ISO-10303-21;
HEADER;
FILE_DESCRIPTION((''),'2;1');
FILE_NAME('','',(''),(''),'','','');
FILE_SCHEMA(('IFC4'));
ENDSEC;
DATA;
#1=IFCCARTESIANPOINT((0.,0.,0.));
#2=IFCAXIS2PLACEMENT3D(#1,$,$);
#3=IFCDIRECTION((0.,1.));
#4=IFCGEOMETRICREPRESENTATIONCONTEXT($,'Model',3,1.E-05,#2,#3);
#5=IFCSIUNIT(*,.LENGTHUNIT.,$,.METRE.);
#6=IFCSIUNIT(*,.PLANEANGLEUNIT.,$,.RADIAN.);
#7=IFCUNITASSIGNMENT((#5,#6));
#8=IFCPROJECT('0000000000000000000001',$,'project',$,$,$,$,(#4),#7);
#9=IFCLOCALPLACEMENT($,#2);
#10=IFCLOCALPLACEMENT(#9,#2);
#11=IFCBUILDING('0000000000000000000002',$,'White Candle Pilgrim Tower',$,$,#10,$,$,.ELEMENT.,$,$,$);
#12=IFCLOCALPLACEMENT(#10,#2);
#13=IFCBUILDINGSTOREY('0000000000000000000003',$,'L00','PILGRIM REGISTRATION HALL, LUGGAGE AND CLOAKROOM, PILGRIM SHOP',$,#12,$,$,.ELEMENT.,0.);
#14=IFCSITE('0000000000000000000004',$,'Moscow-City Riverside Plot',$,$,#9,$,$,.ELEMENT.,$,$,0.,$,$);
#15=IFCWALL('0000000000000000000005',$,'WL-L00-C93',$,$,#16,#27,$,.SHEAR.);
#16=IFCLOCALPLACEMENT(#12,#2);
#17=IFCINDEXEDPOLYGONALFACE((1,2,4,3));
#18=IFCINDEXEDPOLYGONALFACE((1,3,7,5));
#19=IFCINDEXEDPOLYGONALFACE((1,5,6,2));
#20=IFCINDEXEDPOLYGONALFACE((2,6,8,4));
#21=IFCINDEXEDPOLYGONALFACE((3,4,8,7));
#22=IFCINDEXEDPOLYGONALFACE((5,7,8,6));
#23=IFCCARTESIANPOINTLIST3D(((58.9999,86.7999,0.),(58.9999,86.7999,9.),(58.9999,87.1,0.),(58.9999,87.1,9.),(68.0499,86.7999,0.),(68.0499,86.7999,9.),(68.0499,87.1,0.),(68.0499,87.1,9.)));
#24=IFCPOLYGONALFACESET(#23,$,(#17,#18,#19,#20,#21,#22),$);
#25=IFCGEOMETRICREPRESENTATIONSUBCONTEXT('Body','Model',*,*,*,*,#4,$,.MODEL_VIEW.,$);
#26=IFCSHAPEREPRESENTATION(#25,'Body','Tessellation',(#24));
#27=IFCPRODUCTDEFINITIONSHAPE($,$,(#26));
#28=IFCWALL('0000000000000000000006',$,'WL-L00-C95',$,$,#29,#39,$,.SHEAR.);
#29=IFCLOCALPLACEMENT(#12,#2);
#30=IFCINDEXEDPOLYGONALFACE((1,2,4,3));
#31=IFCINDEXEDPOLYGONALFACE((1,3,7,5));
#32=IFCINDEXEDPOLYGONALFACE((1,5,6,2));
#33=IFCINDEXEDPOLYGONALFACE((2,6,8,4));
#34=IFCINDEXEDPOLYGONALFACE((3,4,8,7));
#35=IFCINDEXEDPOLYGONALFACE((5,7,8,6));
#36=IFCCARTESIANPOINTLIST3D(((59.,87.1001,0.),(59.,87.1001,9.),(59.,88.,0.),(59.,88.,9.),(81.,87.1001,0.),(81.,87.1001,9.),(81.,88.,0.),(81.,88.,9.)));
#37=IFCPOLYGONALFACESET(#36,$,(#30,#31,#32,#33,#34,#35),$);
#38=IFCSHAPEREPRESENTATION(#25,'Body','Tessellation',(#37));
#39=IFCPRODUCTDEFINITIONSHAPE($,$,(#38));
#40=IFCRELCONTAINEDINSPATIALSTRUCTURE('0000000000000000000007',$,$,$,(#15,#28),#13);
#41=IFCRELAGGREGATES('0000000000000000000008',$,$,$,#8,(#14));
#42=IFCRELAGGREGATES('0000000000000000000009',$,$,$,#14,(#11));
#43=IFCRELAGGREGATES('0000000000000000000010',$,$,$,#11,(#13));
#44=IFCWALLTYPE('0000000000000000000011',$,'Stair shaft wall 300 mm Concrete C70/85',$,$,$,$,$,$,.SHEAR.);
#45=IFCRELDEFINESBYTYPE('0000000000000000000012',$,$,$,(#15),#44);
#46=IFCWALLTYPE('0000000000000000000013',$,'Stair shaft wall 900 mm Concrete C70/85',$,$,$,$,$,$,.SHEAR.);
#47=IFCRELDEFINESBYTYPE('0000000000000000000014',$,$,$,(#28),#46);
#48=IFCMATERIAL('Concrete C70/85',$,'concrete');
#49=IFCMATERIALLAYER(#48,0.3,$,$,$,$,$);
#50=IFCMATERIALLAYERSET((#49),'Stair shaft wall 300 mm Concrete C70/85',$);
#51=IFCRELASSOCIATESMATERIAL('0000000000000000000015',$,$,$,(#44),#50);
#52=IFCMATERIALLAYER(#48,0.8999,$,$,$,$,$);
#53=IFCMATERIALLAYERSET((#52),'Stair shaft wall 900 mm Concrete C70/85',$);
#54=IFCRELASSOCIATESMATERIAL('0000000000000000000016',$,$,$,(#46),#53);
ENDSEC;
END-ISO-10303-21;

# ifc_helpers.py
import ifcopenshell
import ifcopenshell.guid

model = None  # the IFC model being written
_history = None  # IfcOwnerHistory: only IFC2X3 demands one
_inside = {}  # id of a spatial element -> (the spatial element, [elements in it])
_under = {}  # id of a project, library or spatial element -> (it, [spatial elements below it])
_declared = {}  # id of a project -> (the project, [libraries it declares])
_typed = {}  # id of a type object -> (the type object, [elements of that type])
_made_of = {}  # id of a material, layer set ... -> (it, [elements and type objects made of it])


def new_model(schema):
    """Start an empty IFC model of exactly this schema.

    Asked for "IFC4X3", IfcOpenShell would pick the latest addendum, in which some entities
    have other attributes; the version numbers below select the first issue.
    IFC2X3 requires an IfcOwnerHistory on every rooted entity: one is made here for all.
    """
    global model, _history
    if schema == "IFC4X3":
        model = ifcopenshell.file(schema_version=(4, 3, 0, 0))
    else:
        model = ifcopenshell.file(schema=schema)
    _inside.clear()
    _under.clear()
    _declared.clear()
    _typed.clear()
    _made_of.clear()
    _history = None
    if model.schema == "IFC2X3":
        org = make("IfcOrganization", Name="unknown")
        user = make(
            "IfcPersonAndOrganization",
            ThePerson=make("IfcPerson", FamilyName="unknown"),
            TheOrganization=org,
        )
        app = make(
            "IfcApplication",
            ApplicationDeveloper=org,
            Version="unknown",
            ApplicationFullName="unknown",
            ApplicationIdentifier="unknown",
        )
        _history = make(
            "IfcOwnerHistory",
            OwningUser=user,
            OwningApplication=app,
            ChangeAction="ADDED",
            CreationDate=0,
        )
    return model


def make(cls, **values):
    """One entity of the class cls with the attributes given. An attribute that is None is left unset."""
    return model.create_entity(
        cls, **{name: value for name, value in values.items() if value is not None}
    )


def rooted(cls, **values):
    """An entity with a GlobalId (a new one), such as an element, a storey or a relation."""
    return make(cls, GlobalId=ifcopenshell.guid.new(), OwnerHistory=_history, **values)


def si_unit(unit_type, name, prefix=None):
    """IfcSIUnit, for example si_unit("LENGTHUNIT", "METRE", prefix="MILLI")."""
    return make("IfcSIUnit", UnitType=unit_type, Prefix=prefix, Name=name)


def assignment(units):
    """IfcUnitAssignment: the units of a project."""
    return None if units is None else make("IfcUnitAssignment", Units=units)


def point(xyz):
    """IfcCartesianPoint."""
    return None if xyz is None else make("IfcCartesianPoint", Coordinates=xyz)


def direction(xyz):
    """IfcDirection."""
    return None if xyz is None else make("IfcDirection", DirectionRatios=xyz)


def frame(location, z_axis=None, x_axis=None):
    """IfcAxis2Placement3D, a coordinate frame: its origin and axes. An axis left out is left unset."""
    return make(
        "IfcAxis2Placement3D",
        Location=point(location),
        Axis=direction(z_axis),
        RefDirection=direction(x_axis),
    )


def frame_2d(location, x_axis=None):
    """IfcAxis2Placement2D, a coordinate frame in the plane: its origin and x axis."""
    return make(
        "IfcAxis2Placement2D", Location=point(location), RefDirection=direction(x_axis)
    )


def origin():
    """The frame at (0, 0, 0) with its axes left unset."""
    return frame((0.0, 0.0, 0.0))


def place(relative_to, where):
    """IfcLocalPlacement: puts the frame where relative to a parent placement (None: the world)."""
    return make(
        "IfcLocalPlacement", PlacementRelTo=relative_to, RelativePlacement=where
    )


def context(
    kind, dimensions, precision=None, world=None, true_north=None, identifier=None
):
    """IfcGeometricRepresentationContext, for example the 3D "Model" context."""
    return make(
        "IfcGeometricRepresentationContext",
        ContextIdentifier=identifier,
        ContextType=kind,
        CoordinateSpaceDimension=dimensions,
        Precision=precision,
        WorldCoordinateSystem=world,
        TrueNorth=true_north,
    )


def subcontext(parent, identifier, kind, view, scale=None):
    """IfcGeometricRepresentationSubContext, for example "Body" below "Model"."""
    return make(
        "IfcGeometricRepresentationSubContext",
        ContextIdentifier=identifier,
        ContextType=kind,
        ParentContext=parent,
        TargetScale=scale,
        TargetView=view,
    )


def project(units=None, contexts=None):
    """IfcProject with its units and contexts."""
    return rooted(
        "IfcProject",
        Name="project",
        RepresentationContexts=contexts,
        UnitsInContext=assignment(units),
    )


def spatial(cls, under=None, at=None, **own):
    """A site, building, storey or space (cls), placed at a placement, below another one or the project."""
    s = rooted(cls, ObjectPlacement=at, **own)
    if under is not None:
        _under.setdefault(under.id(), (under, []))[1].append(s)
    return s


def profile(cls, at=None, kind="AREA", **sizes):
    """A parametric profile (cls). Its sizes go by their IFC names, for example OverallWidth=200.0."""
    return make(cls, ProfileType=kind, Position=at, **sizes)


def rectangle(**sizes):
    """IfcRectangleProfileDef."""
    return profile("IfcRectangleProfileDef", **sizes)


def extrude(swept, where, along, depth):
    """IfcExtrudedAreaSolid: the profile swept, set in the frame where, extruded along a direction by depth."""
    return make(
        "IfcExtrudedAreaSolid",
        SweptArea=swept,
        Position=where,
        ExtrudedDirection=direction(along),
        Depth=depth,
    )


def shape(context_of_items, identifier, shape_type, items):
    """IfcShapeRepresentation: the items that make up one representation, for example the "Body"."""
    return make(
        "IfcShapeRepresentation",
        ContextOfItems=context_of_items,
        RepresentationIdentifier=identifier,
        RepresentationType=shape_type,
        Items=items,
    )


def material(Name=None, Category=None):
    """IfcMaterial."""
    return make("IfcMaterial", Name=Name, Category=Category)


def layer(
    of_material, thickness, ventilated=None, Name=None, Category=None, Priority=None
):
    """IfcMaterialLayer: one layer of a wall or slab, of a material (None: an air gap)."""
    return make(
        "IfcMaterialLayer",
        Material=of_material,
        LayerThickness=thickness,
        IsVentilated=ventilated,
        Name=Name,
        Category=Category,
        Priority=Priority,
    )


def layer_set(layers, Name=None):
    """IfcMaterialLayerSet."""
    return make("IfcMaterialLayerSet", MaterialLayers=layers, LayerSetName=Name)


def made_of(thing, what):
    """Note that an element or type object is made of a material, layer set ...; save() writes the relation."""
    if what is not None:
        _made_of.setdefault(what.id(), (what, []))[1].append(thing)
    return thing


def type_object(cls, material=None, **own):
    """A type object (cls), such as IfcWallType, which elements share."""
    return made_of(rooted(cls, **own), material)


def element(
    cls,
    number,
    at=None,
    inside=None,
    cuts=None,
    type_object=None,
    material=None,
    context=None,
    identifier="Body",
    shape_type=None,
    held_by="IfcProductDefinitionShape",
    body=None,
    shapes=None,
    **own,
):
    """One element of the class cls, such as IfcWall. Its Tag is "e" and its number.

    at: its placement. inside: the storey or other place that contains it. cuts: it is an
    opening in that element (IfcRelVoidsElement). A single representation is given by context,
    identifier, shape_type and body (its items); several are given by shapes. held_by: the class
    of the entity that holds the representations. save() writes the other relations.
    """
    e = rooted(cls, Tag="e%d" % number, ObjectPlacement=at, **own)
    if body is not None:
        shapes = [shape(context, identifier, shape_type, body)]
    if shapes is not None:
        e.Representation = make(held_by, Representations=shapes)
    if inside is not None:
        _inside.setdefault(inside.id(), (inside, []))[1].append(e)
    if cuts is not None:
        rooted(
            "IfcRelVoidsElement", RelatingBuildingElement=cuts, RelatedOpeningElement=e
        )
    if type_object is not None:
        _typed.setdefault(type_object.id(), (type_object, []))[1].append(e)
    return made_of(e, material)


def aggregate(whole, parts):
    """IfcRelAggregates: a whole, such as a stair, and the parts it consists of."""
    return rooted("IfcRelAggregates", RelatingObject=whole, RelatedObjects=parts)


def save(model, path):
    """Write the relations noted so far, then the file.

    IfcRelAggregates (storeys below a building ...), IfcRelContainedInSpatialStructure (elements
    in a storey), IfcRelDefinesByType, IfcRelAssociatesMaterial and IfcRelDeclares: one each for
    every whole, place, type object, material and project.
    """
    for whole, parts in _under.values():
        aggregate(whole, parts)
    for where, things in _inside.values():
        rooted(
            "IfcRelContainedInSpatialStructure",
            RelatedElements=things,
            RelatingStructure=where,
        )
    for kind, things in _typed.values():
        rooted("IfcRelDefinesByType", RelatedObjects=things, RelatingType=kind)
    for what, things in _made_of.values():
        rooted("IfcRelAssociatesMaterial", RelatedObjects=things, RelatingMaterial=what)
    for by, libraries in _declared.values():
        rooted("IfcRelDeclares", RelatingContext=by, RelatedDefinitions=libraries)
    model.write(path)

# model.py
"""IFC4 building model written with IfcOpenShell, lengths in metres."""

from ifc_helpers import new_model, si_unit, direction, frame, frame_2d, origin, place, context, subcontext, project, spatial, rectangle, extrude, material, layer, layer_set, type_object, element, save


model = new_model("IFC4")

# Units and contexts
model_context = context("Model", 3, precision=1e-05, world=origin(), true_north=direction((0.0, 1.0)))
body_context = subcontext(model_context, "Body", "Model", "MODEL_VIEW")
ifc_project = project(units=[si_unit("LENGTHUNIT", "METRE"), si_unit("PLANEANGLEUNIT", "RADIAN")], contexts=[model_context])

# Site, building, storey
site_placement = place(None, origin())
site = spatial("IfcSite", under=ifc_project, at=site_placement, Name="Moscow-City Riverside Plot", CompositionType="ELEMENT", RefElevation=0.0)
building_placement = place(site_placement, origin())
building = spatial("IfcBuilding", under=site, at=building_placement, Name="White Candle Pilgrim Tower", CompositionType="ELEMENT")
storey_placement = place(building_placement, origin())
storey = spatial("IfcBuildingStorey", under=building, at=storey_placement, Name="L00", Description="PILGRIM REGISTRATION HALL, LUGGAGE AND CLOAKROOM, PILGRIM SHOP", CompositionType="ELEMENT", Elevation=0.0)

# Shared definitions
ifc_material_1 = material(Name="Concrete C70/85", Category="concrete")

# Walls
ifc_layer_1 = layer(ifc_material_1, 0.3)
ifc_layer_set_1 = layer_set([ifc_layer_1], Name="Stair shaft wall 300 mm Concrete C70/85")
wall_type_1 = type_object("IfcWallType", Name="Stair shaft wall 300 mm Concrete C70/85", PredefinedType="SHEAR", material=ifc_layer_set_1)
wall_1_placement = place(storey_placement, frame((59.0, 86.95, 0.0), z_axis=(0.0, 0.0, 1.0), x_axis=(1.0, 0.0, 0.0)))
element("IfcWall", 1, at=wall_1_placement, inside=storey, type_object=wall_type_1, Name="WL-L00-C93", PredefinedType="SHEAR", context=body_context, shape_type="SweptSolid", body=[
    extrude(rectangle(XDim=9.05, YDim=0.3, at=frame_2d((4.5249, 0.0))), origin(), (0.0, 0.0, 1.0), 9.0),
])
ifc_layer_2 = layer(ifc_material_1, 0.8999)
ifc_layer_set_2 = layer_set([ifc_layer_2], Name="Stair shaft wall 900 mm Concrete C70/85")
wall_type_2 = type_object("IfcWallType", Name="Stair shaft wall 900 mm Concrete C70/85", PredefinedType="SHEAR", material=ifc_layer_set_2)
wall_2_placement = place(storey_placement, frame((59.0, 87.55, 0.0), z_axis=(0.0, 0.0, 1.0), x_axis=(1.0, 0.0, 0.0)))
element("IfcWall", 2, at=wall_2_placement, inside=storey, type_object=wall_type_2, Name="WL-L00-C95", PredefinedType="SHEAR", context=body_context, shape_type="SweptSolid", body=[
    extrude(rectangle(XDim=22.0, YDim=0.8999, at=frame_2d((11.0, 0.0))), origin(), (0.0, 0.0, 1.0), 9.0),
])

save(model, "model.ifc")
